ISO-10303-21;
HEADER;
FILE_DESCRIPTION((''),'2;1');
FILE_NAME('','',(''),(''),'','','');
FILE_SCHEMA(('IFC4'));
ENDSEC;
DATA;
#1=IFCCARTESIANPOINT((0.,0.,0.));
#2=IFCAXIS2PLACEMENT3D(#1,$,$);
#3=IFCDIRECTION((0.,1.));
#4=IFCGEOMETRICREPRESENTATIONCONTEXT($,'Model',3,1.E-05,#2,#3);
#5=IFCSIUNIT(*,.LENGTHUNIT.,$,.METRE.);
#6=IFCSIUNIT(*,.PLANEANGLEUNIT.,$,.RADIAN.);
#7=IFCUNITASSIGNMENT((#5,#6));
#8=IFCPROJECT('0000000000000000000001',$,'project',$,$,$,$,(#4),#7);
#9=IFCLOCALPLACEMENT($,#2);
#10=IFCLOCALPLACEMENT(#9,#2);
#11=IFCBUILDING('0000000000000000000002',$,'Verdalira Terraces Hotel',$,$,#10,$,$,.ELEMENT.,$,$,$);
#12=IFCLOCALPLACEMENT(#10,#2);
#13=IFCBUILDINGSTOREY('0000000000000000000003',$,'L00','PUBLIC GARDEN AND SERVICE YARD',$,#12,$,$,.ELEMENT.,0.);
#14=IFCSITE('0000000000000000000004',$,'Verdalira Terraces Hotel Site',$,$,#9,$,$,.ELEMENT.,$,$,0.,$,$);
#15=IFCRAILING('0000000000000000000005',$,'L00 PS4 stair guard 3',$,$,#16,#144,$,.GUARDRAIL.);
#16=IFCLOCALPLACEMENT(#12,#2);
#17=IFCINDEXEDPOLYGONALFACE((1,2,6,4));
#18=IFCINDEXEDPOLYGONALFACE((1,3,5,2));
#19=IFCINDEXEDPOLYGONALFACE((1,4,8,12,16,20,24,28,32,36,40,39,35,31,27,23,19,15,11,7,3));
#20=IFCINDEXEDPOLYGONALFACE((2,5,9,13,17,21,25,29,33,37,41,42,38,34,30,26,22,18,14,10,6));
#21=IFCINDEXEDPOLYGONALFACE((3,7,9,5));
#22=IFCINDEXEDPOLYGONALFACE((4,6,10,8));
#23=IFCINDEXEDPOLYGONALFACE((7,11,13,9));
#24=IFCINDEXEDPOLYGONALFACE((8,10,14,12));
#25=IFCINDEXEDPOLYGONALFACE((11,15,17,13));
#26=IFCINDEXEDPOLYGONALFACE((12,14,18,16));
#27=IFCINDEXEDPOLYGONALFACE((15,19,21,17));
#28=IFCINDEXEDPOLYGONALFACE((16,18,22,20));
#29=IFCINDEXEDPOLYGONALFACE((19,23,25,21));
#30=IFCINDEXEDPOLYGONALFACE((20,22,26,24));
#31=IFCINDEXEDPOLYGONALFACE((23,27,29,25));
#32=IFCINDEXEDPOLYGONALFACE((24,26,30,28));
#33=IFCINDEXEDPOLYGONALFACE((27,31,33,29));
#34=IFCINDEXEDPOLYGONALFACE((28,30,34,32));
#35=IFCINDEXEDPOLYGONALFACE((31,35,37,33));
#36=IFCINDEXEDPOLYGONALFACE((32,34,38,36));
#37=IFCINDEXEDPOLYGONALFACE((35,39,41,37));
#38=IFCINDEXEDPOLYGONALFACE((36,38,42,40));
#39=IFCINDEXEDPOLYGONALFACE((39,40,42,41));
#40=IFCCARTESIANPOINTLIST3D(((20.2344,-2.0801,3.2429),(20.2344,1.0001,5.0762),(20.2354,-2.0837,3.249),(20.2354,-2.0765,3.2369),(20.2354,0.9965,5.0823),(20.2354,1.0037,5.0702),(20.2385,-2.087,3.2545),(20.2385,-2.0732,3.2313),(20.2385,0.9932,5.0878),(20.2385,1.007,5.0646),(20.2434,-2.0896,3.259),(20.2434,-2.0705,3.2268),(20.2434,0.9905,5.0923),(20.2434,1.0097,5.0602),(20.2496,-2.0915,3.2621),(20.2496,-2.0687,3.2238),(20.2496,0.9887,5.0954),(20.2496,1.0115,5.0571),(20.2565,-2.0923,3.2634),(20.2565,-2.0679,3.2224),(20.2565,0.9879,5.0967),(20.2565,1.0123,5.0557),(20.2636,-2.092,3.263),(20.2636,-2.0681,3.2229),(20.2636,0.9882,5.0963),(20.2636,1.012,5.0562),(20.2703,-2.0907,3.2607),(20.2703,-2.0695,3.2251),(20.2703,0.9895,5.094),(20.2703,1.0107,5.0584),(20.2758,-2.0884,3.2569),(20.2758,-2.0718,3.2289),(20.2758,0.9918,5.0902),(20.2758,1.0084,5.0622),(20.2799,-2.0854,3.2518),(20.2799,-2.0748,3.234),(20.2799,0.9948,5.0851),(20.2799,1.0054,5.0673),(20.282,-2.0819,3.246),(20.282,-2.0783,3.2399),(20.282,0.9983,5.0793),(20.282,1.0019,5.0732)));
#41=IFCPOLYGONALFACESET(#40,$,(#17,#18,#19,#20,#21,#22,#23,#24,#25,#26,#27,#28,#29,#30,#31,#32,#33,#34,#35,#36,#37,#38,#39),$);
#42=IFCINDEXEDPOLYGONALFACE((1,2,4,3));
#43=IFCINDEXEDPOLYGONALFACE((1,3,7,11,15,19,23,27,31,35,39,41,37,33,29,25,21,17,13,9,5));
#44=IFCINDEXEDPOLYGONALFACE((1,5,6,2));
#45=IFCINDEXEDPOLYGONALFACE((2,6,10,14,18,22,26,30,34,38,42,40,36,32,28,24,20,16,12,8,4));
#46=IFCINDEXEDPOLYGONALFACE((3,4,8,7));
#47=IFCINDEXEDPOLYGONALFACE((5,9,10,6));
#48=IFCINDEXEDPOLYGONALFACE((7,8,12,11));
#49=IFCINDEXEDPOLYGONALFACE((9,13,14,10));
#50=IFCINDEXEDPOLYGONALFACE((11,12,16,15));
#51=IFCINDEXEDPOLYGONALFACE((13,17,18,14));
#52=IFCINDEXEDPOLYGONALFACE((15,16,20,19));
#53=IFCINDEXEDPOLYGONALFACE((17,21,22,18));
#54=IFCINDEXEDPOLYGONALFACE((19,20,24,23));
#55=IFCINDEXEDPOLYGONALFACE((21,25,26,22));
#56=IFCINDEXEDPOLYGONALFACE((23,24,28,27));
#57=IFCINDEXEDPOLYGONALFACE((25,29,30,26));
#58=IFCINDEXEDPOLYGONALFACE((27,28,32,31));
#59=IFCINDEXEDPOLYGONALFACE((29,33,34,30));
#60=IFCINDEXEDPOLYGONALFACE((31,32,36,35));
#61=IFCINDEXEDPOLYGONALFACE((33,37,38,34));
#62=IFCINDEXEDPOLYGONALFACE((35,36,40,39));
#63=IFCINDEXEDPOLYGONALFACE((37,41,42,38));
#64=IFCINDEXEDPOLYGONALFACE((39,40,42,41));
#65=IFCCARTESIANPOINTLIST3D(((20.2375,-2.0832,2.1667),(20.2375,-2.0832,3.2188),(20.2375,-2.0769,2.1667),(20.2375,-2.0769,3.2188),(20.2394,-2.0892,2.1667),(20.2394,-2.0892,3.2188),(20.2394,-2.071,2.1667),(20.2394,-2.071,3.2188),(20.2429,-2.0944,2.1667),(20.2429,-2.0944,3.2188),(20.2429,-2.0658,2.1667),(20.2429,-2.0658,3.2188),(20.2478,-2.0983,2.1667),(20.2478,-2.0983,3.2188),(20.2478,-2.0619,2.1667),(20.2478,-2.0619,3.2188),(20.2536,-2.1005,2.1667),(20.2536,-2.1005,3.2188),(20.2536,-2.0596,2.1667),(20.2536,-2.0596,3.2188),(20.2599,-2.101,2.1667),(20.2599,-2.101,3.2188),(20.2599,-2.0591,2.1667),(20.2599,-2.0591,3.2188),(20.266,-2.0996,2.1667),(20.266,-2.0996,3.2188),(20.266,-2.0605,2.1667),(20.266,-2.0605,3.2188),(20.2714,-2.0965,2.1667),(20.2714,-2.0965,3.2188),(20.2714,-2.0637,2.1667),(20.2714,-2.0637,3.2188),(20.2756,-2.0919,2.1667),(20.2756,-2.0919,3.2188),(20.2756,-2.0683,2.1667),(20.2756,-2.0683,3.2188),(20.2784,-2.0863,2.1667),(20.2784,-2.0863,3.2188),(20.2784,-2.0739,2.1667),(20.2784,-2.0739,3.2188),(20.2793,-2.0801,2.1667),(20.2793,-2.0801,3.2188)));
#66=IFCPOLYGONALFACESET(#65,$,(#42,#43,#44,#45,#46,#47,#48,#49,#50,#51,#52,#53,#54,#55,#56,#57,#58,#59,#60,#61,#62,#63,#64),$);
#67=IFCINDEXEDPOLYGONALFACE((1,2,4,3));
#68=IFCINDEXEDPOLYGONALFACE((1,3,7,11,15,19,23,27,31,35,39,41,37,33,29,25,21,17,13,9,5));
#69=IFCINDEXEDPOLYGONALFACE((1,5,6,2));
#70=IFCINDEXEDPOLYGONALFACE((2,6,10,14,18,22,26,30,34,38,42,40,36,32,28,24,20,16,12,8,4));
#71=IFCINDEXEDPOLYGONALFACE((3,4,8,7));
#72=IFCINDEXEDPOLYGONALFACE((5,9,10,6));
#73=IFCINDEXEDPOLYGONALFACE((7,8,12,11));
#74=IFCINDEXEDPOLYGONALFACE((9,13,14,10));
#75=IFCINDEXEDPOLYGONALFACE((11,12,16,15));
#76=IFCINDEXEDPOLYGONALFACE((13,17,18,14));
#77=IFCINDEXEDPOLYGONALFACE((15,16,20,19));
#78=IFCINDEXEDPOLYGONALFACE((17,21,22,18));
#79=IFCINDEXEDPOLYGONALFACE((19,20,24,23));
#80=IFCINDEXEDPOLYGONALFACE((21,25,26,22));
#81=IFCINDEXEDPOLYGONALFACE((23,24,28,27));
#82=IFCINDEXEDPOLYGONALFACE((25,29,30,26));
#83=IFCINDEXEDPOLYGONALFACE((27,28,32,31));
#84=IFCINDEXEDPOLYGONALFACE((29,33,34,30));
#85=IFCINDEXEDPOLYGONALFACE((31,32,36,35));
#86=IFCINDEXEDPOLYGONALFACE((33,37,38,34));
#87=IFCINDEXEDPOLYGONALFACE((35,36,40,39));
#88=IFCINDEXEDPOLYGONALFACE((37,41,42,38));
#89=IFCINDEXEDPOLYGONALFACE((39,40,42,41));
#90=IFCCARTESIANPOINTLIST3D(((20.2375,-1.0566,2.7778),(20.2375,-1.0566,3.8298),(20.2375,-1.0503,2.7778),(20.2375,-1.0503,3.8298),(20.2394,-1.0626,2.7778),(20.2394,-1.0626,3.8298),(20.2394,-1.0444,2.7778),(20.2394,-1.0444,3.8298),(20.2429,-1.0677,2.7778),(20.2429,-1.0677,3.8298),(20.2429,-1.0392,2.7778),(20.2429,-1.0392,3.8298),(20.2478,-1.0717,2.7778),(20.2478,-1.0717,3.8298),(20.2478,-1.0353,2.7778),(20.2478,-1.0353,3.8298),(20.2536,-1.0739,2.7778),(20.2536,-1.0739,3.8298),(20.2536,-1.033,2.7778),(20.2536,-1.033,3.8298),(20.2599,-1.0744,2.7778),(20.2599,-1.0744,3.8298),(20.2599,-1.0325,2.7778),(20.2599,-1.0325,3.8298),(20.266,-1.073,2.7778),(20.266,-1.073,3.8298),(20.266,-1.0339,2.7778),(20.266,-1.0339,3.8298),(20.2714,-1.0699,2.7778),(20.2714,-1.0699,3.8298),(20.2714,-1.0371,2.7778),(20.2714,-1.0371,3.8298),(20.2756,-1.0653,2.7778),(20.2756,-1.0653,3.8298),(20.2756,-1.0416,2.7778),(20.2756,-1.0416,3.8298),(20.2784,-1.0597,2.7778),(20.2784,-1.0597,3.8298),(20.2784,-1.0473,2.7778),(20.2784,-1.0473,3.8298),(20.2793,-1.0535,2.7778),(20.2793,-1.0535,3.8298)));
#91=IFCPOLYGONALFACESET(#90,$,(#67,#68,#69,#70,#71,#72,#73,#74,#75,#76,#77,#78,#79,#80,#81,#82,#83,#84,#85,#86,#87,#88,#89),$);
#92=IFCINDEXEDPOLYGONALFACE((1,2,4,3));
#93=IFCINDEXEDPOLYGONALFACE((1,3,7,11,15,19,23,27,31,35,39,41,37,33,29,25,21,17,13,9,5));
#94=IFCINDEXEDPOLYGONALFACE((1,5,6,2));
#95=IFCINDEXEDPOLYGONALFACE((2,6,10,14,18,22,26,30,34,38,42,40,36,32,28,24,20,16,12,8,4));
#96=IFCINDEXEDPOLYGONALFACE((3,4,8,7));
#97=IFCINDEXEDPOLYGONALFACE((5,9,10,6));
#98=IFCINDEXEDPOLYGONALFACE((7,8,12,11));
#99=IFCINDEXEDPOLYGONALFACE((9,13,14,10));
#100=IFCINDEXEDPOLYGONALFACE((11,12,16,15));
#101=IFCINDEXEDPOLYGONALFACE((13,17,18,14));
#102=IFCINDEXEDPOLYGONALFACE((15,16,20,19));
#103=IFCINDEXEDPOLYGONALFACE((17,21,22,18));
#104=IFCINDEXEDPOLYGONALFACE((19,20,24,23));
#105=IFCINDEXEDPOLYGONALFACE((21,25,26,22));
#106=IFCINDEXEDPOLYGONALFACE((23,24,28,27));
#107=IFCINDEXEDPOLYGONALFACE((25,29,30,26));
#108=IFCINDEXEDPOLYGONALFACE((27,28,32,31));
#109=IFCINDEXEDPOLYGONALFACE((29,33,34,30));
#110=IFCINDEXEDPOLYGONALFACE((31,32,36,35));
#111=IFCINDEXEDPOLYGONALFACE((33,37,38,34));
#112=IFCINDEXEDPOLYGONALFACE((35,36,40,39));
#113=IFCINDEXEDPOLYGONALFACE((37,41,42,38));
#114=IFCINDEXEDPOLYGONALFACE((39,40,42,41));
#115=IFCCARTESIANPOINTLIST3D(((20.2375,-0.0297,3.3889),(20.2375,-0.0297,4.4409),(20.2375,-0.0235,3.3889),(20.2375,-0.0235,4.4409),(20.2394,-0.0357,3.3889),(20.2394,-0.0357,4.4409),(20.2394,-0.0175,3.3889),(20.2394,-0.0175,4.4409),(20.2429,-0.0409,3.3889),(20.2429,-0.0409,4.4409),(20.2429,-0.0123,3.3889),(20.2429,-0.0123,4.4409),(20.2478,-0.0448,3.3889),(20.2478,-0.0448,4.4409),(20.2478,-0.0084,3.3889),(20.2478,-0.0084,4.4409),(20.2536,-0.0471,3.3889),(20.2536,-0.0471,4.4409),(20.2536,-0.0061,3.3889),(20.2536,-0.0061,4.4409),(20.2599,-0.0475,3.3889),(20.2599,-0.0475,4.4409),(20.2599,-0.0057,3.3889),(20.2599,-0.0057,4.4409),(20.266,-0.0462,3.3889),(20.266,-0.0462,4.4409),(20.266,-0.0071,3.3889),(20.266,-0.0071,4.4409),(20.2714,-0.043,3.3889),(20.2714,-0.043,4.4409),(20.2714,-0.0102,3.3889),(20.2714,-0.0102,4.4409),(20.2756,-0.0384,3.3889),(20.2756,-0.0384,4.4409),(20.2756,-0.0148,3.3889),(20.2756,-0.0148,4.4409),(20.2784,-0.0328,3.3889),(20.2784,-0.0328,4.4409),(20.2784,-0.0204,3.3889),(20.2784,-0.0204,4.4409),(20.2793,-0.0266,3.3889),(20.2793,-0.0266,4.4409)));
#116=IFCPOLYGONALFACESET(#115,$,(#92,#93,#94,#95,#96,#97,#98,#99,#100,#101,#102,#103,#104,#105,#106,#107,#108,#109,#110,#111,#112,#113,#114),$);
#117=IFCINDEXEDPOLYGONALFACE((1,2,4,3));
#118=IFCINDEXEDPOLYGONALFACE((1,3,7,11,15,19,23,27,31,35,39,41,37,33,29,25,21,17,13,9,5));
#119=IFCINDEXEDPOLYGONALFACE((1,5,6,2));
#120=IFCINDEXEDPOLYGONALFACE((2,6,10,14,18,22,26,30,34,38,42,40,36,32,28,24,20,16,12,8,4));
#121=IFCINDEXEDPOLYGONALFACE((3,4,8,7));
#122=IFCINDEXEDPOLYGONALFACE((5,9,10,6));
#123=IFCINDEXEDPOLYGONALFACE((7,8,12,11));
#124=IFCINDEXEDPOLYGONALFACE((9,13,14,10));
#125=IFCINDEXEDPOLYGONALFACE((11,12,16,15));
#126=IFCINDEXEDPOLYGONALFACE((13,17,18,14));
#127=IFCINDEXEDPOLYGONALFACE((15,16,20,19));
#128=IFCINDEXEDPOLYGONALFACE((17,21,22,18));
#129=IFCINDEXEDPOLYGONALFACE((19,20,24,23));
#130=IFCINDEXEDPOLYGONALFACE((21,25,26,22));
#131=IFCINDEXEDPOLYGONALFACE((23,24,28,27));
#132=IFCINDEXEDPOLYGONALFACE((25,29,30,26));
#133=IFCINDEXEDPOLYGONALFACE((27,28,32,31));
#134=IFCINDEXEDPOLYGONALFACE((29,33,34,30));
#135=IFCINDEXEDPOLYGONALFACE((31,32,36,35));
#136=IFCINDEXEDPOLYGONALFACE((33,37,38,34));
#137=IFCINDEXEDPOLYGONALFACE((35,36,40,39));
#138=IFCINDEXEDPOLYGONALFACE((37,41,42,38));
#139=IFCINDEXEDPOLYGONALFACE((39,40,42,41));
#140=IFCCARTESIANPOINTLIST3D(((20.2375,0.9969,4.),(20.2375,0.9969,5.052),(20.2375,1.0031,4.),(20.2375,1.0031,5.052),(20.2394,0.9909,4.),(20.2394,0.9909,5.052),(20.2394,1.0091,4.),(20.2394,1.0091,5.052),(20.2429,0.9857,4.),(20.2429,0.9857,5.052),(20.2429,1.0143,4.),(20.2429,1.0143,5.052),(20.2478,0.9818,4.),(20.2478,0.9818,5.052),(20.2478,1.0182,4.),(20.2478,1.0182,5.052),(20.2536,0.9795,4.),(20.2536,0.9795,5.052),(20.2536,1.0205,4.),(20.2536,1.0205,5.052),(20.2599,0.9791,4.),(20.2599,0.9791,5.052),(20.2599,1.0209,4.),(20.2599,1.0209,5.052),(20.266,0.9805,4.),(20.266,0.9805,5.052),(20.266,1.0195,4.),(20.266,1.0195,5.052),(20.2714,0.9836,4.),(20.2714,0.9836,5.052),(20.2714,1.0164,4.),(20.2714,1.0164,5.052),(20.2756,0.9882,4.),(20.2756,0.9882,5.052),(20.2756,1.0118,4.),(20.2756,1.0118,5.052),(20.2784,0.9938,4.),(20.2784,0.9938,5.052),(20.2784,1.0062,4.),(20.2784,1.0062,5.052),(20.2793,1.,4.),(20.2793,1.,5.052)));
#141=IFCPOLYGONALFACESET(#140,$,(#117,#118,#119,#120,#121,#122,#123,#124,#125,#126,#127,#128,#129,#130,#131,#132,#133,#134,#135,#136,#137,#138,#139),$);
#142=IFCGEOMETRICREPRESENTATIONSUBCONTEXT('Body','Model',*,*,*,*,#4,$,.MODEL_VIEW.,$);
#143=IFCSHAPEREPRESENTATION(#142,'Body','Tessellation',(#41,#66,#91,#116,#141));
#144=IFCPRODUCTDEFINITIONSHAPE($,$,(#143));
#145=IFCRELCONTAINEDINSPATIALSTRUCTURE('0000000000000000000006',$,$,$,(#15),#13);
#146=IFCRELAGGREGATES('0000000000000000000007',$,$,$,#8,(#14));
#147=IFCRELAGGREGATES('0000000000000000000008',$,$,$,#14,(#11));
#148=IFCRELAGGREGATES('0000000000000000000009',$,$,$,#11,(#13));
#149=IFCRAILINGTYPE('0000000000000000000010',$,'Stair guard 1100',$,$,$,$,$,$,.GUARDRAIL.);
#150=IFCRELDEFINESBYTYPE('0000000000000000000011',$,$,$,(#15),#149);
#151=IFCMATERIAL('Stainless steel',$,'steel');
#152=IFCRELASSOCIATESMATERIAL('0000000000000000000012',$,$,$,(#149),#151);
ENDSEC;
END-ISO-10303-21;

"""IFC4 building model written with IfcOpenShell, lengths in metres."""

from ifc_helpers import new_model, si_unit, direction, frame, origin, origin_2d, place, context, subcontext, project, spatial, circle, extrude, material, type_object, element, save


model = new_model("IFC4")

# Units and contexts
model_context = context("Model", 3, precision=1e-05, world=origin(), true_north=direction((0.0, 1.0)))
body_context = subcontext(model_context, "Body", "Model", "MODEL_VIEW")
ifc_project = project(units=[si_unit("LENGTHUNIT", "METRE"), si_unit("PLANEANGLEUNIT", "RADIAN")], contexts=[model_context])

# Site, building, storey
site_placement = place(None, origin())
site = spatial("IfcSite", under=ifc_project, at=site_placement, Name="Verdalira Terraces Hotel Site", CompositionType="ELEMENT", RefElevation=0.0)
building_placement = place(site_placement, origin())
building = spatial("IfcBuilding", under=site, at=building_placement, Name="Verdalira Terraces Hotel", CompositionType="ELEMENT")
storey_placement = place(building_placement, origin())
storey = spatial("IfcBuildingStorey", under=building, at=storey_placement, Name="L00", Description="PUBLIC GARDEN AND SERVICE YARD", CompositionType="ELEMENT", Elevation=0.0)

# Railing
ifc_material_1 = material(Name="Stainless steel", Category="steel")
railing_type = type_object("IfcRailingType", Name="Stair guard 1100", PredefinedType="GUARDRAIL", material=ifc_material_1)
railing_1_placement = place(storey_placement, frame((20.2583, -2.0801, 2.1667)))
element("IfcRailing", 1, at=railing_1_placement, inside=storey, type_object=railing_type, Name="L00 PS4 stair guard 3", PredefinedType="GUARDRAIL", context=body_context, shape_type="SweptSolid", body=[
    extrude(circle(Radius=0.0239, at=origin_2d()), frame((0.0, 0.0, 1.0762), z_axis=(0.0, 0.859309, 0.511458), x_axis=(-1.0, 0.0, 0.0)), (0.0, 0.0, 1.0), 3.5845),
    extrude(circle(Radius=0.021, at=origin_2d()), origin(), (0.0, 0.0, 1.0), 1.052),
    extrude(circle(Radius=0.021, at=origin_2d()), frame((0.0, 1.0266, 0.6111)), (0.0, 0.0, 1.0), 1.052),
    extrude(circle(Radius=0.021, at=origin_2d()), frame((0.0, 2.0535, 1.2222)), (0.0, 0.0, 1.0), 1.052),
    extrude(circle(Radius=0.021, at=origin_2d()), frame((0.0, 3.0801, 1.8333)), (0.0, 0.0, 1.0), 1.052),
])

save(model, "model.ifc")
